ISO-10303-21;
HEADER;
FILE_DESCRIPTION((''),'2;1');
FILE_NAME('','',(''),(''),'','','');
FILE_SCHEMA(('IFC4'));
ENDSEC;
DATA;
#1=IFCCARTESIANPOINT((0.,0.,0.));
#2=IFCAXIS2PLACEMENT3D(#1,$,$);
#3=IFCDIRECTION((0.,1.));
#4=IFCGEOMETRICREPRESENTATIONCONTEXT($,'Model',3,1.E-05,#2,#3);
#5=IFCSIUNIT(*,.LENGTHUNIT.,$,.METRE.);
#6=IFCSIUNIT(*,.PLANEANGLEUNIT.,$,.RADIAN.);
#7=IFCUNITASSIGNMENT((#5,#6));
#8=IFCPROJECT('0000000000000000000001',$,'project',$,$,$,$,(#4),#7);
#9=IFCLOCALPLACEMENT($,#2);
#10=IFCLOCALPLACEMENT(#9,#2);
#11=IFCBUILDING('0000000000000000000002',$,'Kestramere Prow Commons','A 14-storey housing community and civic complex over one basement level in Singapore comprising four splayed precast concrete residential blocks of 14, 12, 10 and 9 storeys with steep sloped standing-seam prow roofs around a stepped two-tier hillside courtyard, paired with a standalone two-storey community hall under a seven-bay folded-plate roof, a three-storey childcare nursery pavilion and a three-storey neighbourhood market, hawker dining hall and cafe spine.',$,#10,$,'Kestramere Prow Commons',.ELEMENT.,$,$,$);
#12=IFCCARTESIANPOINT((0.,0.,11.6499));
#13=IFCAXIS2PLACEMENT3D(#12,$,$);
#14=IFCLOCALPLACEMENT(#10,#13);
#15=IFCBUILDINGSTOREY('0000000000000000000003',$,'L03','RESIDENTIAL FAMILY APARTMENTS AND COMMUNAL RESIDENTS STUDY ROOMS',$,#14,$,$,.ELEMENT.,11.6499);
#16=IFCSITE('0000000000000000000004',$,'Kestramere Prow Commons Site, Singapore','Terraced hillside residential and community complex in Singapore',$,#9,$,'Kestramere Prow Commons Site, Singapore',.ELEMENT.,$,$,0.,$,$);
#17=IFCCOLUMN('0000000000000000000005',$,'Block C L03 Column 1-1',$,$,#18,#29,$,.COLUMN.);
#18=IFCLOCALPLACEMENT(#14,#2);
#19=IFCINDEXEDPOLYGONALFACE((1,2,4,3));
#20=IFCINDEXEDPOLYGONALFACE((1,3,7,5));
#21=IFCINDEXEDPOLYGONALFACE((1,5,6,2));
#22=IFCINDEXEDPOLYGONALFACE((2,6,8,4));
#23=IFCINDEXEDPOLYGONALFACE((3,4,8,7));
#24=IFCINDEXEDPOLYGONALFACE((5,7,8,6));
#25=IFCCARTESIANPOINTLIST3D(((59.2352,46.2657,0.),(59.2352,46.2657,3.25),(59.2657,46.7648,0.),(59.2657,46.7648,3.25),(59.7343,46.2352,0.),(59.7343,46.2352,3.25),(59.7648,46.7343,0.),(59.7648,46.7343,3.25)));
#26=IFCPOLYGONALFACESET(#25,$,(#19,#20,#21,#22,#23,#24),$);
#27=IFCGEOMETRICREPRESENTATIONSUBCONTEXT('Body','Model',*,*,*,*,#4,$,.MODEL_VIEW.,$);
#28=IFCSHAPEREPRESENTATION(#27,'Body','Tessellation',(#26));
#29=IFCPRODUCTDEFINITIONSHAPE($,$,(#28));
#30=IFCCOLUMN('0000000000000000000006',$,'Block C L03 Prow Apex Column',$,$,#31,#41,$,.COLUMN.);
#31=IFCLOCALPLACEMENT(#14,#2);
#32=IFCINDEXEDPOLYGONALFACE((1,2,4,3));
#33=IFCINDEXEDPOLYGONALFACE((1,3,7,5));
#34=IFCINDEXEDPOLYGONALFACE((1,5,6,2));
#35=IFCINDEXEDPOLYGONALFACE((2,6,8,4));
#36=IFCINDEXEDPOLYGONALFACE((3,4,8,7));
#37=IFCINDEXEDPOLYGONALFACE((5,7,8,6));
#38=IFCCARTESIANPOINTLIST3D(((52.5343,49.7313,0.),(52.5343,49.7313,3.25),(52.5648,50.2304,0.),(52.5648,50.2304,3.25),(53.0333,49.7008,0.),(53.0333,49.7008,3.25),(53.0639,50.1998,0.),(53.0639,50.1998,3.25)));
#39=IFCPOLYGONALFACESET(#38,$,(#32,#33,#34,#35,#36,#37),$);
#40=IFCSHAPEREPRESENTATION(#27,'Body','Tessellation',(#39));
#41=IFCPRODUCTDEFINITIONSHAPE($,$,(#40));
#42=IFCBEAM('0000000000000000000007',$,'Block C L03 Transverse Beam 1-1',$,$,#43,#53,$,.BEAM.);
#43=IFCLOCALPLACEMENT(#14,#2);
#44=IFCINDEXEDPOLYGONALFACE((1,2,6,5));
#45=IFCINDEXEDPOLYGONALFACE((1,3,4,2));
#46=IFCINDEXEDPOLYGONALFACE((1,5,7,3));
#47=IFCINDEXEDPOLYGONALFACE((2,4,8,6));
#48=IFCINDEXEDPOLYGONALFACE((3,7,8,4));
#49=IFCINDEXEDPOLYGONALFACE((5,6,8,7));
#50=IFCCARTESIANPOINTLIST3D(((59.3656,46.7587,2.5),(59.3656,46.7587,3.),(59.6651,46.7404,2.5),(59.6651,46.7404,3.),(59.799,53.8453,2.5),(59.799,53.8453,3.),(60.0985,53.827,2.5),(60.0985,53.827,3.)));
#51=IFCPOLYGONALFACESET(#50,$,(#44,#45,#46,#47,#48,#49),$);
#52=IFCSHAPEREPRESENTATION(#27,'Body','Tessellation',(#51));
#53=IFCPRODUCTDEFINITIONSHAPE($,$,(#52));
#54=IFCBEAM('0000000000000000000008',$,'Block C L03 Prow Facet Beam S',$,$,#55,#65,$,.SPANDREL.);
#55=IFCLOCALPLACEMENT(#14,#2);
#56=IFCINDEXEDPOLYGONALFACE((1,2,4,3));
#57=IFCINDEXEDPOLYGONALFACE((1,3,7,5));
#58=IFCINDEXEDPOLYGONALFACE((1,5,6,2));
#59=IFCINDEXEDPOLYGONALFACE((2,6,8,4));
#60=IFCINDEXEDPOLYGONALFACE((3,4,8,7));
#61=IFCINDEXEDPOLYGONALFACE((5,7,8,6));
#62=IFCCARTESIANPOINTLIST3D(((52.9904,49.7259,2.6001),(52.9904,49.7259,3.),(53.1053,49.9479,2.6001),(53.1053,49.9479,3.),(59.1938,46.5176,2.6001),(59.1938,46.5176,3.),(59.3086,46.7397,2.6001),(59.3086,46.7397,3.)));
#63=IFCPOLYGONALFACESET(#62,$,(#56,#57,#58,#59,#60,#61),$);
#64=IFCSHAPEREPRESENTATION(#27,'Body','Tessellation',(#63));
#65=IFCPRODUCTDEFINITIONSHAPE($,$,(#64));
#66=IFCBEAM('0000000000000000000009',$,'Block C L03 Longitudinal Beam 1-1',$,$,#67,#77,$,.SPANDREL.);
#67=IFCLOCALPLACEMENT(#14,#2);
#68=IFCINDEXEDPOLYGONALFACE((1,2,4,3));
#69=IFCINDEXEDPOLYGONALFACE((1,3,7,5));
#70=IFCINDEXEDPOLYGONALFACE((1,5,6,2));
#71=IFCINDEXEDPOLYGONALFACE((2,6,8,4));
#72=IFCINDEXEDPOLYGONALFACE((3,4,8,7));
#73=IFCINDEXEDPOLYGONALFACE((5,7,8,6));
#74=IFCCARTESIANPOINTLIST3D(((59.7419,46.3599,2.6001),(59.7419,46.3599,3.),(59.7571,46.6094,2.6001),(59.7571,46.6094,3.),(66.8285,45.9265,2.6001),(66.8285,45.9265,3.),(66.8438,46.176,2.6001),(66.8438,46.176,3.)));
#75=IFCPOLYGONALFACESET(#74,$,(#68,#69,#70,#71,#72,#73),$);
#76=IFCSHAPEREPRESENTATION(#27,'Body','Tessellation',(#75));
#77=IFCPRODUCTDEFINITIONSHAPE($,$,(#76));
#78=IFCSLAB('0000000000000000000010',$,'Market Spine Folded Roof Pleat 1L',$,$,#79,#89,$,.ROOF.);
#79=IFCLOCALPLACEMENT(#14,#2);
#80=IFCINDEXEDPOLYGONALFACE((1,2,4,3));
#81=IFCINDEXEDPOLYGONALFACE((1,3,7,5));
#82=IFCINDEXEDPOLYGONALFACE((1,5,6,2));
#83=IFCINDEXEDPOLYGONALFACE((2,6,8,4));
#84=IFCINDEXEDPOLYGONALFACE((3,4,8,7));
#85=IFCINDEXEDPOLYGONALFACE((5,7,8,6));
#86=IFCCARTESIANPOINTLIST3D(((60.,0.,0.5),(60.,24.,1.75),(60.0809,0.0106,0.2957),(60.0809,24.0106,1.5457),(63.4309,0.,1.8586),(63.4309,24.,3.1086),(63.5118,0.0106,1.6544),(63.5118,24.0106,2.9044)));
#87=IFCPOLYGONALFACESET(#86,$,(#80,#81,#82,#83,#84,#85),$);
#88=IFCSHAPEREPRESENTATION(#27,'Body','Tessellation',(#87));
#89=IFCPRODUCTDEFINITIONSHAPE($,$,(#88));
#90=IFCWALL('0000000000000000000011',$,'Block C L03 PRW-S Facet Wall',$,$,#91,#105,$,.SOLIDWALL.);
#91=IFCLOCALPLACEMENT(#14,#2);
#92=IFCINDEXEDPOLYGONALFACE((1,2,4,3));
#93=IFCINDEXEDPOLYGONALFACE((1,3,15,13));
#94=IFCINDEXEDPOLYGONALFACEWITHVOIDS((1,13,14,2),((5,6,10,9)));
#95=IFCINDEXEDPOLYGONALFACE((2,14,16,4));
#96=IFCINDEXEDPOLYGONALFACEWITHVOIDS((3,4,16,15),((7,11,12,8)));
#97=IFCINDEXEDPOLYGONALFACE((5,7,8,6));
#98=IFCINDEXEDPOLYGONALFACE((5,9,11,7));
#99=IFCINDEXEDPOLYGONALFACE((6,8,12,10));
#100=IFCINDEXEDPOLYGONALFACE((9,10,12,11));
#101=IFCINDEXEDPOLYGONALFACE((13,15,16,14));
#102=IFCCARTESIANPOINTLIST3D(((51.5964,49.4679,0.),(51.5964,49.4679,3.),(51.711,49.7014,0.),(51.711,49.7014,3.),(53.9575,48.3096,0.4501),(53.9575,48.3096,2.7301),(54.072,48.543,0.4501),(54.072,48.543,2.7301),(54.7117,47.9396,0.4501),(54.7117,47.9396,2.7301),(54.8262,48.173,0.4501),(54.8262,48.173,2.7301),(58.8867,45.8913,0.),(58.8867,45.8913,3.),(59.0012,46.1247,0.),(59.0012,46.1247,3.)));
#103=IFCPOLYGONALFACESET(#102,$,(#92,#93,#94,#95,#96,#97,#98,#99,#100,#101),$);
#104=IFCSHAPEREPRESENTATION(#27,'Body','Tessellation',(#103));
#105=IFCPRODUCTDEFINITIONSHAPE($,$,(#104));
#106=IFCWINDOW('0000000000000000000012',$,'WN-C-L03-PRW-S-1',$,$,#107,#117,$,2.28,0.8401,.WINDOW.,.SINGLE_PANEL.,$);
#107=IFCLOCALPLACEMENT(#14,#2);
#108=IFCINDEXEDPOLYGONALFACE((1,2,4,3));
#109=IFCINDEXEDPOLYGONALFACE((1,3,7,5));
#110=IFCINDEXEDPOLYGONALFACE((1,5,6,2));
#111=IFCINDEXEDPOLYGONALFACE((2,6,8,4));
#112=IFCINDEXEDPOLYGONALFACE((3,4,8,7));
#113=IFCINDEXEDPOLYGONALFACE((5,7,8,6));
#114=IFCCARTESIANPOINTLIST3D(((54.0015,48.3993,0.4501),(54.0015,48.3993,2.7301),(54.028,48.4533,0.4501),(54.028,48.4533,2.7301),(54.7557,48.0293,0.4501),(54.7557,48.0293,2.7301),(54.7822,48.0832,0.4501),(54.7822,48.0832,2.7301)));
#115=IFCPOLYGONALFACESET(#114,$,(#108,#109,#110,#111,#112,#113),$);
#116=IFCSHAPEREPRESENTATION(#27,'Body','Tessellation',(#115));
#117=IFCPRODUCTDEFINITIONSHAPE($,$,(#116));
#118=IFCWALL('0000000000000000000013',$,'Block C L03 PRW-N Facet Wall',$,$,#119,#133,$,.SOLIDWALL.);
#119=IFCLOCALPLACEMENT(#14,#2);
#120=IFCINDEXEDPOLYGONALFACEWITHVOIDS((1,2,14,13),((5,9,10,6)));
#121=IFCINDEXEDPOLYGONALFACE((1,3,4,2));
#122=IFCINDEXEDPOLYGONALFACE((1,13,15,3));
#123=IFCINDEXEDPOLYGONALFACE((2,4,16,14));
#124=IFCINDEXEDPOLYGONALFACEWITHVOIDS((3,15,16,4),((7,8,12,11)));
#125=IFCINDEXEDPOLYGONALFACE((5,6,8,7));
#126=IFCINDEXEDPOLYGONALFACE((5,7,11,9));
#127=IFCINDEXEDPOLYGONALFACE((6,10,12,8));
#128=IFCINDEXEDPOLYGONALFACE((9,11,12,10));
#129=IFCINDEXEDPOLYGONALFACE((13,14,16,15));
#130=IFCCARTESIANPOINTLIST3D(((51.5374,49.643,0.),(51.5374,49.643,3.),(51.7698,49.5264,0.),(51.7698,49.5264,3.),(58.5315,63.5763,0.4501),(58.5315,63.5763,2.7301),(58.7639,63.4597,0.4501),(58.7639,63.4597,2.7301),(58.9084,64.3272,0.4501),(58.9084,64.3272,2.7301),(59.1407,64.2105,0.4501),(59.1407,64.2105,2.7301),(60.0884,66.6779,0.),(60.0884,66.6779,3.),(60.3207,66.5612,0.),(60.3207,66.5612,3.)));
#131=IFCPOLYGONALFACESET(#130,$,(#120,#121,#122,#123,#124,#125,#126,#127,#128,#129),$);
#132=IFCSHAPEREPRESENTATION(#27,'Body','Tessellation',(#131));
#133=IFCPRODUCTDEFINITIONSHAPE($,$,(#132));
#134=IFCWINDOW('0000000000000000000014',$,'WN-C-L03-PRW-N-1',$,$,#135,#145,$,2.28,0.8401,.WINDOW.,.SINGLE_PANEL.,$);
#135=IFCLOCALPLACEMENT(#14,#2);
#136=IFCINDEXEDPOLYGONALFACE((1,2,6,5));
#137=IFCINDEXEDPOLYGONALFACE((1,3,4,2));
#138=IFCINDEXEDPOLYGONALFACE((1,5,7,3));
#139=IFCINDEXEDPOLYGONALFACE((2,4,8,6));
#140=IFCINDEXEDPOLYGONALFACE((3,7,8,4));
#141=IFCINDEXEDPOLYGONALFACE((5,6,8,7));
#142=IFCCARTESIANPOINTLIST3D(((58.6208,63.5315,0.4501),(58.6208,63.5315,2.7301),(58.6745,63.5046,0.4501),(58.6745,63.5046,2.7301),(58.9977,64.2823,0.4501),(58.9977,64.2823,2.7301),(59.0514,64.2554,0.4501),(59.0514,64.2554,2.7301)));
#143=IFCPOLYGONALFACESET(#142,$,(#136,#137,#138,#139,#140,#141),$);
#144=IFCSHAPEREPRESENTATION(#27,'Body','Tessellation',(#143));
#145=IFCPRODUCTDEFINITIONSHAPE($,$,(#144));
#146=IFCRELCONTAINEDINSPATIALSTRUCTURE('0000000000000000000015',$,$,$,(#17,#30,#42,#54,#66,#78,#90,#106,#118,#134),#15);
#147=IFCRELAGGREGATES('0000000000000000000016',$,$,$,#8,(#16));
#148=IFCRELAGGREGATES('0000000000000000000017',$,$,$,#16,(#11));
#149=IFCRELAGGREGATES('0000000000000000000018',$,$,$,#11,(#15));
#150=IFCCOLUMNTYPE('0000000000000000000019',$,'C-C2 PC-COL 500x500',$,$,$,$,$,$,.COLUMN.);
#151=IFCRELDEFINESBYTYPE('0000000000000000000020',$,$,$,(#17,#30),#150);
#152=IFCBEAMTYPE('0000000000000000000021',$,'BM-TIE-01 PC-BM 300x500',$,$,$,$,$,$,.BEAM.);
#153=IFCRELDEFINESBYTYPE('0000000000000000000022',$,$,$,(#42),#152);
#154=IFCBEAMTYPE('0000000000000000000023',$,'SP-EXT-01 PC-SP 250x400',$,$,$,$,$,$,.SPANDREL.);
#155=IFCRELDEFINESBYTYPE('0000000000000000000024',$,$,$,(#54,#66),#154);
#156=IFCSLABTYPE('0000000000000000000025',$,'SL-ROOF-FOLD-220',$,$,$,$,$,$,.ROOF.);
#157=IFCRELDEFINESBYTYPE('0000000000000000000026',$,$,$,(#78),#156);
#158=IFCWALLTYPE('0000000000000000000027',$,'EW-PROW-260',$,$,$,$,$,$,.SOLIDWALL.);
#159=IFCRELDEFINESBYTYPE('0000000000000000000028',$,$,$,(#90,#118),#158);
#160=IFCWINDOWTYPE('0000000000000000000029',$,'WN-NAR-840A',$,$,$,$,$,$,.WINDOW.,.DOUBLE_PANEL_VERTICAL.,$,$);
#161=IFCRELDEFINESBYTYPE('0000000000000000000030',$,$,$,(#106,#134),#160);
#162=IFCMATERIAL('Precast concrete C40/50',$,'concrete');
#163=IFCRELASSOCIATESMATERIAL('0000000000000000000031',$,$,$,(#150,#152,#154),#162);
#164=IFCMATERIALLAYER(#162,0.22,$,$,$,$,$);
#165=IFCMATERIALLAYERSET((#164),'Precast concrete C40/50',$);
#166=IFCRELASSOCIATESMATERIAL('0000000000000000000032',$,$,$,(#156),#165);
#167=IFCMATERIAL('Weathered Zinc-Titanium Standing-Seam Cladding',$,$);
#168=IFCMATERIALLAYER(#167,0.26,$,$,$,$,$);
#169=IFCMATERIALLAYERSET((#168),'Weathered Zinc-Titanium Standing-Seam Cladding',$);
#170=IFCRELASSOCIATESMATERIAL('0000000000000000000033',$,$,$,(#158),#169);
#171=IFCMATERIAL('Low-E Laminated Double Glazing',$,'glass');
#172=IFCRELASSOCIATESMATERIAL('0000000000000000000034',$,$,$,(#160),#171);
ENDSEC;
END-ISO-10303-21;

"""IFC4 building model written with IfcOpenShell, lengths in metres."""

from ifc_helpers import new_model, si_unit, direction, frame, frame_2d, origin, origin_2d, place, context, subcontext, project, spatial, polyline, rectangle, outline, extrude, material, layer, layer_set, material_profile, profile_set, type_object, element, fill, save


model = new_model("IFC4")

# Units and contexts
model_context = context("Model", 3, precision=1e-05, world=origin(), true_north=direction((0.0, 1.0)))
body_context = subcontext(model_context, "Body", "Model", "MODEL_VIEW")
ifc_project = project(units=[si_unit("LENGTHUNIT", "METRE"), si_unit("PLANEANGLEUNIT", "RADIAN")], contexts=[model_context])

# Site, building, storey
site_placement = place(None, origin())
site = spatial("IfcSite", under=ifc_project, at=site_placement, Name="Kestramere Prow Commons Site, Singapore", Description="Terraced hillside residential and community complex in Singapore", LongName="Kestramere Prow Commons Site, Singapore", CompositionType="ELEMENT", RefElevation=0.0)
building_placement = place(site_placement, origin())
building = spatial("IfcBuilding", under=site, at=building_placement, Name="Kestramere Prow Commons", Description="A 14-storey housing community and civic complex over one basement level in Singapore comprising four splayed precast concrete residential blocks of 14, 12, 10 and 9 storeys with steep sloped standing-seam prow roofs around a stepped two-tier hillside courtyard, paired with a standalone two-storey community hall under a seven-bay folded-plate roof, a three-storey childcare nursery pavilion and a three-storey neighbourhood market, hawker dining hall and cafe spine.", LongName="Kestramere Prow Commons", CompositionType="ELEMENT")
storey_placement = place(building_placement, frame((0.0, 0.0, 11.6499)))
storey = spatial("IfcBuildingStorey", under=building, at=storey_placement, Name="L03", Description="RESIDENTIAL FAMILY APARTMENTS AND COMMUNAL RESIDENTS STUDY ROOMS", CompositionType="ELEMENT", Elevation=11.6499)

# Columns
ifc_material_1 = material(Name="Precast concrete C40/50", Category="concrete")
ifc_material_profile_1 = material_profile(ifc_material_1, rectangle(XDim=0.5, YDim=0.5, at=origin_2d()), Name="PC-COL 500x500")
ifc_profile_set_1 = profile_set([ifc_material_profile_1], Name="Precast concrete C40/50")
column_type = type_object("IfcColumnType", Name="C-C2 PC-COL 500x500", PredefinedType="COLUMN", material=ifc_profile_set_1)
for number, where, z_axis, x_axis, name in (
    (1, (59.5, 46.5, 0.0), (0.0, 0.0, 1.0), (0.998135, -0.061049, 0.0), "Block C L03 Column 1-1"),
    (2, (52.7991, 49.9656, 0.0), (0.0, 0.0, 1.0), (0.998135, -0.061049, 0.0), "Block C L03 Prow Apex Column"),
):
    element("IfcColumn", number, at=place(storey_placement, frame(where, z_axis=z_axis, x_axis=x_axis)), inside=storey, type_object=column_type, Name=name, PredefinedType="COLUMN", context=body_context, shape_type="SweptSolid", body=[
        extrude(rectangle(XDim=0.5, YDim=0.5, at=origin_2d()), origin(), (0.0, 0.0, 1.0), 3.25),
    ])

# Beams
ifc_material_profile_2 = material_profile(ifc_material_1, rectangle(XDim=0.3, YDim=0.5, at=origin_2d()), Name="PC-BM 300x500")
ifc_profile_set_2 = profile_set([ifc_material_profile_2], Name="Precast concrete C40/50")
beam_type_1 = type_object("IfcBeamType", Name="BM-TIE-01 PC-BM 300x500", PredefinedType="BEAM", material=ifc_profile_set_2)
beam_1_placement = place(storey_placement, frame((59.5154, 46.7495, 2.75), z_axis=(0.061036, 0.998136, 0.0), x_axis=(-0.998136, 0.061036, 0.0)))
element("IfcBeam", 3, at=beam_1_placement, inside=storey, type_object=beam_type_1, Name="Block C L03 Transverse Beam 1-1", PredefinedType="BEAM", context=body_context, shape_type="SweptSolid", body=[
    extrude(rectangle(XDim=0.3, YDim=0.5, at=origin_2d()), origin(), (0.0, 0.0, 1.0), 7.0999),
])
ifc_material_profile_3 = material_profile(ifc_material_1, rectangle(XDim=0.25, YDim=0.3999, at=origin_2d()), Name="PC-SP 250x400")
ifc_profile_set_3 = profile_set([ifc_material_profile_3], Name="Precast concrete C40/50")
beam_type_2 = type_object("IfcBeamType", Name="SP-EXT-01 PC-SP 250x400", PredefinedType="SPANDREL", material=ifc_profile_set_3)
beam_2_placement = place(storey_placement, frame((59.2512, 46.6287, 2.8), z_axis=(-0.88824, 0.459379, 0.0), x_axis=(-0.459379, -0.88824, 0.0)))
element("IfcBeam", 4, at=beam_2_placement, inside=storey, type_object=beam_type_2, Name="Block C L03 Prow Facet Beam S", PredefinedType="SPANDREL", context=body_context, shape_type="SweptSolid", body=[
    extrude(rectangle(XDim=0.25, YDim=0.3999, at=origin_2d()), origin(), (0.0, 0.0, 1.0), 6.9839),
])
beam_3_placement = place(storey_placement, frame((59.7495, 46.4846, 2.8), z_axis=(0.998136, -0.061036, 0.0), x_axis=(0.061036, 0.998136, 0.0)))
element("IfcBeam", 5, at=beam_3_placement, inside=storey, type_object=beam_type_2, Name="Block C L03 Longitudinal Beam 1-1", PredefinedType="SPANDREL", context=body_context, shape_type="SweptSolid", body=[
    extrude(rectangle(XDim=0.25, YDim=0.3999, at=origin_2d()), origin(), (0.0, 0.0, 1.0), 7.0999),
])

# Slab
ifc_layer_1 = layer(ifc_material_1, 0.22)
ifc_layer_set_1 = layer_set([ifc_layer_1], Name="Precast concrete C40/50")
slab_type = type_object("IfcSlabType", Name="SL-ROOF-FOLD-220", PredefinedType="ROOF", material=ifc_layer_set_1)
slab_placement = place(storey_placement, frame((60.0, 0.0, 0.5), z_axis=(-0.367752, -0.048368, 0.928665), x_axis=(0.929753, 0.0, 0.368183)))
element("IfcSlab", 6, at=slab_placement, inside=storey, type_object=slab_type, Name="Market Spine Folded Roof Pleat 1L", PredefinedType="ROOF", context=body_context, shape_type="SweptSolid", body=[
    extrude(outline(polyline([(0.0, 0.0), (3.6901, 0.0), (4.1504, 24.0281), (0.4602, 24.0281), (0.0, 0.0)])), origin(), (0.0, 0.0, -1.0), 0.22),
])

# Walls, openings, windows
ifc_material_2 = material(Name="Weathered Zinc-Titanium Standing-Seam Cladding")
ifc_layer_2 = layer(ifc_material_2, 0.26)
ifc_layer_set_2 = layer_set([ifc_layer_2], Name="Weathered Zinc-Titanium Standing-Seam Cladding")
wall_type_1 = type_object("IfcWallType", Name="EW-PROW-260", PredefinedType="SOLIDWALL", material=ifc_layer_set_2)
wall_1_placement = place(storey_placement, frame((58.9438, 46.0081, 0.0), z_axis=(0.0, 0.0, 1.0), x_axis=(-0.897775, 0.440454, 0.0)))
wall_1 = element("IfcWall", 7, at=wall_1_placement, inside=storey, type_object=wall_type_1, Name="Block C L03 PRW-S Facet Wall", PredefinedType="SOLIDWALL", context=body_context, shape_type="SweptSolid", body=[
    extrude(rectangle(XDim=8.1204, YDim=0.26, at=frame_2d((4.0601, 0.0))), origin(), (0.0, 0.0, 1.0), 3.0),
])
opening_1_placement = place(wall_1_placement, frame((4.6504, 0.0, 0.45)))
opening_1 = element("IfcOpeningElement", 8, at=opening_1_placement, cuts=wall_1, PredefinedType="OPENING", context=body_context, shape_type="SweptSolid", body=[
    extrude(rectangle(XDim=0.8401, YDim=2.28, at=frame_2d((0.4199, 1.1401))), frame((0.0, 0.145, 0.0), z_axis=(0.0, -1.0, 0.0), x_axis=(1.0, 0.0, 0.0)), (0.0, 0.0, 1.0), 0.29),
])
ifc_material_3 = material(Name="Low-E Laminated Double Glazing", Category="glass")
window_type = type_object("IfcWindowType", Name="WN-NAR-840A", PartitioningType="DOUBLE_PANEL_VERTICAL", PredefinedType="WINDOW", material=ifc_material_3)
window_1_placement = place(opening_1_placement, origin())
window_1 = element("IfcWindow", 9, at=window_1_placement, inside=storey, type_object=window_type, Name="WN-C-L03-PRW-S-1", OverallHeight=2.28, OverallWidth=0.8401, PartitioningType="SINGLE_PANEL", PredefinedType="WINDOW", context=body_context, shape_type="SweptSolid", body=[
    extrude(rectangle(XDim=0.8401, YDim=2.28, at=frame_2d((0.4199, 1.1401))), frame((0.0, 0.03, 0.0), z_axis=(0.0, -1.0, 0.0), x_axis=(1.0, 0.0, 0.0)), (0.0, 0.0, 1.0), 0.0601),
])
fill(opening_1, window_1)
wall_2_placement = place(storey_placement, frame((51.6536, 49.5847, 0.0), z_axis=(0.0, 0.0, 1.0), x_axis=(0.448622, 0.893722, 0.0)))
wall_2 = element("IfcWall", 10, at=wall_2_placement, inside=storey, type_object=wall_type_1, Name="Block C L03 PRW-N Facet Wall", PredefinedType="SOLIDWALL", context=body_context, shape_type="SweptSolid", body=[
    extrude(rectangle(XDim=19.0605, YDim=0.26, at=frame_2d((9.5303, 0.0))), origin(), (0.0, 0.0, 1.0), 3.0),
])
opening_2_placement = place(wall_2_placement, frame((15.5903, 0.0, 0.45)))
opening_2 = element("IfcOpeningElement", 11, at=opening_2_placement, cuts=wall_2, PredefinedType="OPENING", context=body_context, shape_type="SweptSolid", body=[
    extrude(rectangle(XDim=0.8401, YDim=2.28, at=frame_2d((0.4199, 1.1401))), frame((0.0, 0.145, 0.0), z_axis=(0.0, -1.0, 0.0), x_axis=(1.0, 0.0, 0.0)), (0.0, 0.0, 1.0), 0.29),
])
window_2_placement = place(opening_2_placement, origin())
window_2 = element("IfcWindow", 12, at=window_2_placement, inside=storey, type_object=window_type, Name="WN-C-L03-PRW-N-1", OverallHeight=2.28, OverallWidth=0.8401, PartitioningType="SINGLE_PANEL", PredefinedType="WINDOW", context=body_context, shape_type="SweptSolid", body=[
    extrude(rectangle(XDim=0.8401, YDim=2.28, at=frame_2d((0.4199, 1.1401))), frame((0.0, 0.03, 0.0), z_axis=(0.0, -1.0, 0.0), x_axis=(1.0, 0.0, 0.0)), (0.0, 0.0, 1.0), 0.0601),
])
fill(opening_2, window_2)

save(model, "model.ifc")
